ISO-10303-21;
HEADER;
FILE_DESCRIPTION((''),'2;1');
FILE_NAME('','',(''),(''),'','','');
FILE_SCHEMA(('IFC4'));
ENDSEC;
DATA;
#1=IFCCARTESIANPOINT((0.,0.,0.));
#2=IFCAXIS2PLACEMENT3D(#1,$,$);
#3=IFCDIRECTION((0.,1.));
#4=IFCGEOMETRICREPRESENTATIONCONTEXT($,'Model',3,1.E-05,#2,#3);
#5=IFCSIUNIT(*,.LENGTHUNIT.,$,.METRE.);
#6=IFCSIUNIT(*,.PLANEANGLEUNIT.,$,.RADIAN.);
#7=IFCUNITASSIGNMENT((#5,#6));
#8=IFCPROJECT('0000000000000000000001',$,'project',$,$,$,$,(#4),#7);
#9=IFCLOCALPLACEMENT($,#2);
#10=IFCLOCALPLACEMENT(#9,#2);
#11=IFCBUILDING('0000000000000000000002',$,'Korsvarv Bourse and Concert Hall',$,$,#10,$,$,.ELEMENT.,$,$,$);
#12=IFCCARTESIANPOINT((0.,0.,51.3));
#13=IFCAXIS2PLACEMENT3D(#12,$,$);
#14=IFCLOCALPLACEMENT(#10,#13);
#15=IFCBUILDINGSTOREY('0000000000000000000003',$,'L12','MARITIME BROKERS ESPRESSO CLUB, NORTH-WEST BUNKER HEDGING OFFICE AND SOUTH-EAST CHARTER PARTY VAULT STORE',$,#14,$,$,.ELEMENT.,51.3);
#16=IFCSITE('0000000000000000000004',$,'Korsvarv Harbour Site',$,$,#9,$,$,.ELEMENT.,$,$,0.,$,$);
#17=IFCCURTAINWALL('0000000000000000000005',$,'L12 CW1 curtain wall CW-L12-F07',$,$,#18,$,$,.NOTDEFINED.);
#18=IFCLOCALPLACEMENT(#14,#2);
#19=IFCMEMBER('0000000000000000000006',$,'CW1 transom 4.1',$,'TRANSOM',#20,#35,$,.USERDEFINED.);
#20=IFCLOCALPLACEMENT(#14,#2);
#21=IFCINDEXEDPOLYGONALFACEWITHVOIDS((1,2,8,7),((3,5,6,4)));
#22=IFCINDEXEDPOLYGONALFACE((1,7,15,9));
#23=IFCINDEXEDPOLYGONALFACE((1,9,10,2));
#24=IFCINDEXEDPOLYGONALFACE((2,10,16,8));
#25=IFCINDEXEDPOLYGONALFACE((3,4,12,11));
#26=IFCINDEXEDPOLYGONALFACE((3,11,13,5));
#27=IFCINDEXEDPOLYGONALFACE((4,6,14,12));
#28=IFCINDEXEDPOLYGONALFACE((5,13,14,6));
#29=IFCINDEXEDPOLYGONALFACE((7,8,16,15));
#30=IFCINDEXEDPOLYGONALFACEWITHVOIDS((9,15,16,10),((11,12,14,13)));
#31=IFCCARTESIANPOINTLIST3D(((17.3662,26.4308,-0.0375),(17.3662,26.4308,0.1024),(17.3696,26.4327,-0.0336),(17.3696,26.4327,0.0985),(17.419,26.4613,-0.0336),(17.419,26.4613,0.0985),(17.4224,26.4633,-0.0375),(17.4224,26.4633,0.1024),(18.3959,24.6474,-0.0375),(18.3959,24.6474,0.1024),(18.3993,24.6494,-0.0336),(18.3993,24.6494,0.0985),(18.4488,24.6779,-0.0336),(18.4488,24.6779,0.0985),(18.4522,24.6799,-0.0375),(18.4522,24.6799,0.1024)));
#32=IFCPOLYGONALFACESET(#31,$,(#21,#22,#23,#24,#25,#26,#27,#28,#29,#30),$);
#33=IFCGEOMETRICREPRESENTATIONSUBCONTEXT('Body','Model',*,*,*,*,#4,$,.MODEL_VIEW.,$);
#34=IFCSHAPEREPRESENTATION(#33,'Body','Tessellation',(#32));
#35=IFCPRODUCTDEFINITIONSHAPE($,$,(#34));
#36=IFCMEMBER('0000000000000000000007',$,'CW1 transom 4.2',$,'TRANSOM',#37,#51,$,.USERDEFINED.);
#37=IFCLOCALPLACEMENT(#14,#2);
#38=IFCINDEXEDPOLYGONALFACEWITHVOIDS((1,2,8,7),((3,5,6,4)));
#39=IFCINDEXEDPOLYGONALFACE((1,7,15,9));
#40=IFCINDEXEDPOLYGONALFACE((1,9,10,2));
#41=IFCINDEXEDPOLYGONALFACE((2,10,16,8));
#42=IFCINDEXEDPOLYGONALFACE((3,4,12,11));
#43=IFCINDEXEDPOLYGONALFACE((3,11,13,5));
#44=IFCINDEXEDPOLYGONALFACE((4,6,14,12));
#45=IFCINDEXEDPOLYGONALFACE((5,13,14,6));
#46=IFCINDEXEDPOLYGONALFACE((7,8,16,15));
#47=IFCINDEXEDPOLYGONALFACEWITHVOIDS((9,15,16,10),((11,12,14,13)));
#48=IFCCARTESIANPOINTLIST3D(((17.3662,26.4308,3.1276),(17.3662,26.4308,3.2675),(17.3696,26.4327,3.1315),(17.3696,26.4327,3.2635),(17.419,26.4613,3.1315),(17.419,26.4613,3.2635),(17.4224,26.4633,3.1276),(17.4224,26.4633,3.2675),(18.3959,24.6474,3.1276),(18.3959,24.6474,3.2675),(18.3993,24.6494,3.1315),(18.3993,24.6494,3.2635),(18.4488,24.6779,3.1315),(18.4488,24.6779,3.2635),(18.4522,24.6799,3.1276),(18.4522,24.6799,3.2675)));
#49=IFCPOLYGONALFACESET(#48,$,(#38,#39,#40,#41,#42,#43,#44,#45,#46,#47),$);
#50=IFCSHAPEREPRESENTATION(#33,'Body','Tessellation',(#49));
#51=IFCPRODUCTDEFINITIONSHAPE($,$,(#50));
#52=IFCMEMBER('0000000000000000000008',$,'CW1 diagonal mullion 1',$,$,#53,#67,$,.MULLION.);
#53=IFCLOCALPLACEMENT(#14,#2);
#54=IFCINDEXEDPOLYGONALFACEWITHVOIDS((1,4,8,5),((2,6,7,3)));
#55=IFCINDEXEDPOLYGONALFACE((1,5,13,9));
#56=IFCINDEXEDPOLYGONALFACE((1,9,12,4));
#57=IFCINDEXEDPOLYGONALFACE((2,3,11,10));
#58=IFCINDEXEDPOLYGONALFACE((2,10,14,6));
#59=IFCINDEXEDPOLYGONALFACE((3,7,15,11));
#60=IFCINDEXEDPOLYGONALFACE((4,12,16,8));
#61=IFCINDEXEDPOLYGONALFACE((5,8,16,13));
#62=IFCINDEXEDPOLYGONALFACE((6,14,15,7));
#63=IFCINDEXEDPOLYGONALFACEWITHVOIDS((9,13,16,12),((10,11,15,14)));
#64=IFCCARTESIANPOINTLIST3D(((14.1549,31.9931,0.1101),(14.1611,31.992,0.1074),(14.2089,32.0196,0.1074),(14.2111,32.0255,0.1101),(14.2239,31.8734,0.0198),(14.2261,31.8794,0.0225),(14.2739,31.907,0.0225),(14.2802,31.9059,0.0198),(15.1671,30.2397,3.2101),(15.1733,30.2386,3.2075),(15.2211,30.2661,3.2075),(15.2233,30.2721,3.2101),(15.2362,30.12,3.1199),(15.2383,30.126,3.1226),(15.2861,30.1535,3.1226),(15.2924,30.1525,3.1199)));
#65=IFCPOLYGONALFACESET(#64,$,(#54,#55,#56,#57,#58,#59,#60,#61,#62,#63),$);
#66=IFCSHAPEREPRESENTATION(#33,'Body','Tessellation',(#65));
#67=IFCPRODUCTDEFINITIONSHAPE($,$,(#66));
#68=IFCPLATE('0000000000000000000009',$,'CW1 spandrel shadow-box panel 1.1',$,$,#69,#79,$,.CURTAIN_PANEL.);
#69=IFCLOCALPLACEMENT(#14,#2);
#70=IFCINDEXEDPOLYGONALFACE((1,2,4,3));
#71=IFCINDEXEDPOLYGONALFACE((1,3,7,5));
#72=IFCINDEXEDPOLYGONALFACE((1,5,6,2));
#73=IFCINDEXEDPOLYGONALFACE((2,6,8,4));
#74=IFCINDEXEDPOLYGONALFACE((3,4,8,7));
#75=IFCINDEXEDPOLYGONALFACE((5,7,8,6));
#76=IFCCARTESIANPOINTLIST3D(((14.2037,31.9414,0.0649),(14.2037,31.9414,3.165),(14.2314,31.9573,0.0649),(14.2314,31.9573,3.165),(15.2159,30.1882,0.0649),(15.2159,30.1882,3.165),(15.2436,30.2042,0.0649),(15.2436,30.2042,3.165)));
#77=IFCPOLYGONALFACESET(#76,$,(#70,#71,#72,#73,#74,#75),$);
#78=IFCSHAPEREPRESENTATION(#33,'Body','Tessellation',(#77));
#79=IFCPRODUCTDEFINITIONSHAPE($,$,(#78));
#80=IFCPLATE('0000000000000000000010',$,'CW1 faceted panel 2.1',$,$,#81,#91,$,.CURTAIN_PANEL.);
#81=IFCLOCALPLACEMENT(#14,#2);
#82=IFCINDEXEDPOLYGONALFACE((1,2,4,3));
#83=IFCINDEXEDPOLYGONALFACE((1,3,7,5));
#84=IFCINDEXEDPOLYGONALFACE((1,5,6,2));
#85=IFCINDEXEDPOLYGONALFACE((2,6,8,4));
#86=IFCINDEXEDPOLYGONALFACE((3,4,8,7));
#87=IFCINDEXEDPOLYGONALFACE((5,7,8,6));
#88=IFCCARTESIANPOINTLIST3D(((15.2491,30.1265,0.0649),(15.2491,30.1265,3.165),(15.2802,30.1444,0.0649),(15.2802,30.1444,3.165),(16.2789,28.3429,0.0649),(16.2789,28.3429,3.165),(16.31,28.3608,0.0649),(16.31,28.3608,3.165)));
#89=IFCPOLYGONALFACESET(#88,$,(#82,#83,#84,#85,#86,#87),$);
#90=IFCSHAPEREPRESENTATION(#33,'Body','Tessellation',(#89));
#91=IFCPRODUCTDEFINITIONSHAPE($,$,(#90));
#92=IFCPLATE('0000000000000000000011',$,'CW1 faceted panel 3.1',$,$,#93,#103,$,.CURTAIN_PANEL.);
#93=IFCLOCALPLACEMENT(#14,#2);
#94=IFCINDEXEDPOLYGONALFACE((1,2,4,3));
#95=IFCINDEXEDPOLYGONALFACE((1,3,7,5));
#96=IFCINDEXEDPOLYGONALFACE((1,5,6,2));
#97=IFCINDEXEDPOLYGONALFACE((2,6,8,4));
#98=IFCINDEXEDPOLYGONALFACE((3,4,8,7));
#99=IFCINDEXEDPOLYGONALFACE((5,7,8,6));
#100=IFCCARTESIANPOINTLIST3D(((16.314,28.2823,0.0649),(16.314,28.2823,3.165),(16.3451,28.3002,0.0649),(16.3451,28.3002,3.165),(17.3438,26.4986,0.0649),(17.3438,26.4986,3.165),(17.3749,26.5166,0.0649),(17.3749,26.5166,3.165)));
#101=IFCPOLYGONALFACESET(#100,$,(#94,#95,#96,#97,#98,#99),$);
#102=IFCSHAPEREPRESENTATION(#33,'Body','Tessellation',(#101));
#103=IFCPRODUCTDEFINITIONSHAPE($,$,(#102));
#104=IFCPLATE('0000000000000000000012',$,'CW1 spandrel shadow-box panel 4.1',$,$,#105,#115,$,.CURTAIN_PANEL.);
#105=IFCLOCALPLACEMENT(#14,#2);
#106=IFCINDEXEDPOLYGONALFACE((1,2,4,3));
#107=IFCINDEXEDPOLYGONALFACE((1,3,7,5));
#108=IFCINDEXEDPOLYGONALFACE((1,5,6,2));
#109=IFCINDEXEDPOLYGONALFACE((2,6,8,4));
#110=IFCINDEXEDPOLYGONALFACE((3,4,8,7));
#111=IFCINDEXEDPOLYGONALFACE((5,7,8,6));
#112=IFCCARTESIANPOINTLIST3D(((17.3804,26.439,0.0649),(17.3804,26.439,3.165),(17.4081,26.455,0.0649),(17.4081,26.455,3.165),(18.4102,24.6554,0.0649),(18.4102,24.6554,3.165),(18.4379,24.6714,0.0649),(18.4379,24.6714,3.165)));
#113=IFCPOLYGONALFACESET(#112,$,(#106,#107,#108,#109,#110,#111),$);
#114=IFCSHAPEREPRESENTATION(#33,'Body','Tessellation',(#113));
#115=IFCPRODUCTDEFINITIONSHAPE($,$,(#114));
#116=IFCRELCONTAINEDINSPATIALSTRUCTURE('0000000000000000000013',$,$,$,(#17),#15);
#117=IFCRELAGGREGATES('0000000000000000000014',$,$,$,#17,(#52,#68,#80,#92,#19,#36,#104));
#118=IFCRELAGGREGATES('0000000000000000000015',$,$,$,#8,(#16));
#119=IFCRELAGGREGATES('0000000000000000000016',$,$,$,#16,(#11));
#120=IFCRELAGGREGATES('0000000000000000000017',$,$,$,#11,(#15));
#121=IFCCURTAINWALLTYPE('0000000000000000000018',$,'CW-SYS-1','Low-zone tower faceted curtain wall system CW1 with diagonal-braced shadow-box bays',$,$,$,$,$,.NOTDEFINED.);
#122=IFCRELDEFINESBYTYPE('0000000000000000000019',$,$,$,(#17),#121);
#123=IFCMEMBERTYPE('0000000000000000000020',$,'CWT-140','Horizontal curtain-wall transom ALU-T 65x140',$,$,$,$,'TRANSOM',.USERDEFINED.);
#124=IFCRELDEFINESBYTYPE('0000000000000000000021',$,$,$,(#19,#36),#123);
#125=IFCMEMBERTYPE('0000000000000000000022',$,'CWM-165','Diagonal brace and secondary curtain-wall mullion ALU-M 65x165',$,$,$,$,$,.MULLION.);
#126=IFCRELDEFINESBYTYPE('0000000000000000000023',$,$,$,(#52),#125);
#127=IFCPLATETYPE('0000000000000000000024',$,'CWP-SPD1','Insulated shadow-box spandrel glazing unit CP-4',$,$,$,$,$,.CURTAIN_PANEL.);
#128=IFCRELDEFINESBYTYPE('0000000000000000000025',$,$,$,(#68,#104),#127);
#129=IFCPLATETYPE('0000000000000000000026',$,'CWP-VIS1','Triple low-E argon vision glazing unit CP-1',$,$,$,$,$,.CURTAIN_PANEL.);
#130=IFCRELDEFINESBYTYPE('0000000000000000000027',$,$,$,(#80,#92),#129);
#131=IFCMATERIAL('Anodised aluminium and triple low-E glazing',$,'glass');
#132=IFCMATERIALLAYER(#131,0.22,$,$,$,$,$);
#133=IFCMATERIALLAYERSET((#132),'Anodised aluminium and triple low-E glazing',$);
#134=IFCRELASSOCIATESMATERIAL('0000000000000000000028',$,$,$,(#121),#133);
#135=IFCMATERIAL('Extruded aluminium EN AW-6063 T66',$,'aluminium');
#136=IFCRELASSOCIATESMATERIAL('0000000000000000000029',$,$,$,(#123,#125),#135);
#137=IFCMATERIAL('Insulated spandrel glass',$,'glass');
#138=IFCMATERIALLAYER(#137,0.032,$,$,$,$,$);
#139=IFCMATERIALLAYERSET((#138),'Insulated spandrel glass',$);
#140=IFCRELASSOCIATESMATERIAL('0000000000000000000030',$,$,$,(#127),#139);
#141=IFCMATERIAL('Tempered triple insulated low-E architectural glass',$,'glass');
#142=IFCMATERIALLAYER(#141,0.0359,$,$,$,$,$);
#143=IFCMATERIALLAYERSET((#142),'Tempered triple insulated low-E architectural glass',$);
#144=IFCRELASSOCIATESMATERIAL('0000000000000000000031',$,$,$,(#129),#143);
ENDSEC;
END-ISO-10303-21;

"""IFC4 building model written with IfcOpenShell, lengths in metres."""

from ifc_helpers import new_model, si_unit, direction, frame, origin, origin_2d, place, context, subcontext, project, spatial, rectangle, hollow_rectangle, extrude, source, transform, mapped, material, layer, layer_set, material_profile, profile_set, type_object, element, aggregate, save


model = new_model("IFC4")

# Units and contexts
model_context = context("Model", 3, precision=1e-05, world=origin(), true_north=direction((0.0, 1.0)))
body_context = subcontext(model_context, "Body", "Model", "MODEL_VIEW")
ifc_project = project(units=[si_unit("LENGTHUNIT", "METRE"), si_unit("PLANEANGLEUNIT", "RADIAN")], contexts=[model_context])

# Site, building, storey
site_placement = place(None, origin())
site = spatial("IfcSite", under=ifc_project, at=site_placement, Name="Korsvarv Harbour Site", CompositionType="ELEMENT", RefElevation=0.0)
building_placement = place(site_placement, origin())
building = spatial("IfcBuilding", under=site, at=building_placement, Name="Korsvarv Bourse and Concert Hall", CompositionType="ELEMENT")
storey_placement = place(building_placement, frame((0.0, 0.0, 51.3)))
storey = spatial("IfcBuildingStorey", under=building, at=storey_placement, Name="L12", Description="MARITIME BROKERS ESPRESSO CLUB, NORTH-WEST BUNKER HEDGING OFFICE AND SOUTH-EAST CHARTER PARTY VAULT STORE", CompositionType="ELEMENT", Elevation=51.3)

# Curtain wall, members, plates
ifc_material_1 = material(Name="Anodised aluminium and triple low-E glazing", Category="glass")
ifc_layer_1 = layer(ifc_material_1, 0.22)
ifc_layer_set_1 = layer_set([ifc_layer_1], Name="Anodised aluminium and triple low-E glazing")
curtain_wall_type = type_object("IfcCurtainWallType", Name="CW-SYS-1", Description="Low-zone tower faceted curtain wall system CW1 with diagonal-braced shadow-box bays", PredefinedType="NOTDEFINED", material=ifc_layer_set_1)
curtain_wall_placement = place(storey_placement, origin())
curtain_wall = element("IfcCurtainWall", 1, at=curtain_wall_placement, inside=storey, type_object=curtain_wall_type, Name="L12 CW1 curtain wall CW-L12-F07", PredefinedType="NOTDEFINED")
ifc_material_2 = material(Name="Extruded aluminium EN AW-6063 T66", Category="aluminium")
ifc_material_profile_1 = material_profile(ifc_material_2, hollow_rectangle(XDim=0.0649, YDim=0.1399, WallThickness=0.0039, at=origin_2d()), Name="ALU-T 65x140")
ifc_profile_set_1 = profile_set([ifc_material_profile_1], Name="Extruded aluminium EN AW-6063 T66")
member_type_1 = type_object("IfcMemberType", Name="CWT-140", Description="Horizontal curtain-wall transom ALU-T 65x140", ElementType="TRANSOM", PredefinedType="USERDEFINED", material=ifc_profile_set_1)
shared_shape_1 = source(origin(), body_context, "Body", "SweptSolid", [
    extrude(hollow_rectangle(XDim=0.0649, YDim=0.1399, WallThickness=0.0039, at=origin_2d()), origin(), (0.0, 0.0, 1.0), 2.0593),
])
member_1_placement = place(storey_placement, frame((17.3943, 26.447, 0.0325), z_axis=(0.500041, -0.866002, 0.0), x_axis=(0.866002, 0.500041, 0.0)))
member_1 = element("IfcMember", 2, at=member_1_placement, type_object=member_type_1, Name="CW1 transom 4.1", ObjectType="TRANSOM", PredefinedType="USERDEFINED", context=body_context, shape_type="MappedRepresentation", body=[
    mapped(shared_shape_1, transform((0.0, 0.0, 0.0), scale=1.0)),
])
member_2_placement = place(storey_placement, frame((17.3943, 26.447, 3.1975), z_axis=(0.500041, -0.866002, 0.0), x_axis=(0.866002, 0.500041, 0.0)))
member_2 = element("IfcMember", 3, at=member_2_placement, type_object=member_type_1, Name="CW1 transom 4.2", ObjectType="TRANSOM", PredefinedType="USERDEFINED", context=body_context, shape_type="MappedRepresentation", body=[
    mapped(shared_shape_1, transform((0.0, 0.0, 0.0), scale=1.0)),
])
ifc_material_profile_2 = material_profile(ifc_material_2, hollow_rectangle(XDim=0.0649, YDim=0.165, WallThickness=0.0049, at=origin_2d()), Name="ALU-M 65x165")
ifc_profile_set_2 = profile_set([ifc_material_profile_2], Name="Extruded aluminium EN AW-6063 T66")
member_type_2 = type_object("IfcMemberType", Name="CWM-165", Description="Diagonal brace and secondary curtain-wall mullion ALU-M 65x165", PredefinedType="MULLION", material=ifc_profile_set_2)
shared_shape_2 = source(origin(), body_context, "Body", "SweptSolid", [
    extrude(hollow_rectangle(XDim=0.0649, YDim=0.165, WallThickness=0.0049, at=origin_2d()), origin(), (0.0, 0.0, 1.0), 3.7026),
])
member_3_placement = place(storey_placement, frame((14.2175, 31.9495, 0.0649), z_axis=(0.273373, -0.473557, 0.837264), x_axis=(0.866053, 0.499952, 0.0)))
member_3 = element("IfcMember", 4, at=member_3_placement, type_object=member_type_2, Name="CW1 diagonal mullion 1", PredefinedType="MULLION", context=body_context, shape_type="MappedRepresentation", body=[
    mapped(shared_shape_2, transform((0.0, 0.0, 0.0), scale=1.0)),
])
ifc_material_3 = material(Name="Insulated spandrel glass", Category="glass")
ifc_layer_2 = layer(ifc_material_3, 0.032)
ifc_layer_set_2 = layer_set([ifc_layer_2], Name="Insulated spandrel glass")
plate_type_1 = type_object("IfcPlateType", Name="CWP-SPD1", Description="Insulated shadow-box spandrel glazing unit CP-4", PredefinedType="CURTAIN_PANEL", material=ifc_layer_set_2)
shared_shape_3 = source(origin(), body_context, "Body", "SweptSolid", [
    extrude(rectangle(XDim=2.0244, YDim=0.032, at=origin_2d()), origin(), (0.0, 0.0, 1.0), 3.1001),
])
plate_1_placement = place(storey_placement, frame((14.7236, 31.0728, 0.0649), z_axis=(0.0, 0.0, 1.0), x_axis=(0.5, -0.866025, 0.0)))
plate_1 = element("IfcPlate", 5, at=plate_1_placement, type_object=plate_type_1, Name="CW1 spandrel shadow-box panel 1.1", PredefinedType="CURTAIN_PANEL", context=body_context, shape_type="MappedRepresentation", body=[
    mapped(shared_shape_3, transform((0.0, 0.0, 0.0), scale=1.0)),
])
ifc_material_4 = material(Name="Tempered triple insulated low-E architectural glass", Category="glass")
ifc_layer_3 = layer(ifc_material_4, 0.0359)
ifc_layer_set_3 = layer_set([ifc_layer_3], Name="Tempered triple insulated low-E architectural glass")
plate_type_2 = type_object("IfcPlateType", Name="CWP-VIS1", Description="Triple low-E argon vision glazing unit CP-1", PredefinedType="CURTAIN_PANEL", material=ifc_layer_set_3)
shared_shape_4 = source(origin(), body_context, "Body", "SweptSolid", [
    extrude(rectangle(XDim=2.0596, YDim=0.0359, at=origin_2d()), origin(), (0.0, 0.0, 1.0), 3.1001),
])
plate_2_placement = place(storey_placement, frame((15.7795, 29.2437, 0.0649), z_axis=(0.0, 0.0, 1.0), x_axis=(0.5, -0.866025, 0.0)))
plate_2 = element("IfcPlate", 6, at=plate_2_placement, type_object=plate_type_2, Name="CW1 faceted panel 2.1", PredefinedType="CURTAIN_PANEL", context=body_context, shape_type="MappedRepresentation", body=[
    mapped(shared_shape_4, transform((0.0, 0.0, 0.0), scale=1.0)),
])
plate_3_placement = place(storey_placement, frame((16.8445, 27.3994, 0.0649), z_axis=(0.0, 0.0, 1.0), x_axis=(0.5, -0.866025, 0.0)))
plate_3 = element("IfcPlate", 7, at=plate_3_placement, type_object=plate_type_2, Name="CW1 faceted panel 3.1", PredefinedType="CURTAIN_PANEL", context=body_context, shape_type="MappedRepresentation", body=[
    mapped(shared_shape_4, transform((0.0, 0.0, 0.0), scale=1.0)),
])
shared_shape_5 = source(origin(), body_context, "Body", "SweptSolid", [
    extrude(rectangle(XDim=2.0596, YDim=0.032, at=origin_2d()), origin(), (0.0, 0.0, 1.0), 3.1001),
])
plate_4_placement = place(storey_placement, frame((17.9092, 25.5552, 0.0649), z_axis=(0.0, 0.0, 1.0), x_axis=(0.5, -0.866025, 0.0)))
plate_4 = element("IfcPlate", 8, at=plate_4_placement, type_object=plate_type_1, Name="CW1 spandrel shadow-box panel 4.1", PredefinedType="CURTAIN_PANEL", context=body_context, shape_type="MappedRepresentation", body=[
    mapped(shared_shape_5, transform((0.0, 0.0, 0.0), scale=1.0)),
])
aggregate(curtain_wall, [member_3, plate_1, plate_2, plate_3, member_1, member_2, plate_4])

save(model, "model.ifc")
